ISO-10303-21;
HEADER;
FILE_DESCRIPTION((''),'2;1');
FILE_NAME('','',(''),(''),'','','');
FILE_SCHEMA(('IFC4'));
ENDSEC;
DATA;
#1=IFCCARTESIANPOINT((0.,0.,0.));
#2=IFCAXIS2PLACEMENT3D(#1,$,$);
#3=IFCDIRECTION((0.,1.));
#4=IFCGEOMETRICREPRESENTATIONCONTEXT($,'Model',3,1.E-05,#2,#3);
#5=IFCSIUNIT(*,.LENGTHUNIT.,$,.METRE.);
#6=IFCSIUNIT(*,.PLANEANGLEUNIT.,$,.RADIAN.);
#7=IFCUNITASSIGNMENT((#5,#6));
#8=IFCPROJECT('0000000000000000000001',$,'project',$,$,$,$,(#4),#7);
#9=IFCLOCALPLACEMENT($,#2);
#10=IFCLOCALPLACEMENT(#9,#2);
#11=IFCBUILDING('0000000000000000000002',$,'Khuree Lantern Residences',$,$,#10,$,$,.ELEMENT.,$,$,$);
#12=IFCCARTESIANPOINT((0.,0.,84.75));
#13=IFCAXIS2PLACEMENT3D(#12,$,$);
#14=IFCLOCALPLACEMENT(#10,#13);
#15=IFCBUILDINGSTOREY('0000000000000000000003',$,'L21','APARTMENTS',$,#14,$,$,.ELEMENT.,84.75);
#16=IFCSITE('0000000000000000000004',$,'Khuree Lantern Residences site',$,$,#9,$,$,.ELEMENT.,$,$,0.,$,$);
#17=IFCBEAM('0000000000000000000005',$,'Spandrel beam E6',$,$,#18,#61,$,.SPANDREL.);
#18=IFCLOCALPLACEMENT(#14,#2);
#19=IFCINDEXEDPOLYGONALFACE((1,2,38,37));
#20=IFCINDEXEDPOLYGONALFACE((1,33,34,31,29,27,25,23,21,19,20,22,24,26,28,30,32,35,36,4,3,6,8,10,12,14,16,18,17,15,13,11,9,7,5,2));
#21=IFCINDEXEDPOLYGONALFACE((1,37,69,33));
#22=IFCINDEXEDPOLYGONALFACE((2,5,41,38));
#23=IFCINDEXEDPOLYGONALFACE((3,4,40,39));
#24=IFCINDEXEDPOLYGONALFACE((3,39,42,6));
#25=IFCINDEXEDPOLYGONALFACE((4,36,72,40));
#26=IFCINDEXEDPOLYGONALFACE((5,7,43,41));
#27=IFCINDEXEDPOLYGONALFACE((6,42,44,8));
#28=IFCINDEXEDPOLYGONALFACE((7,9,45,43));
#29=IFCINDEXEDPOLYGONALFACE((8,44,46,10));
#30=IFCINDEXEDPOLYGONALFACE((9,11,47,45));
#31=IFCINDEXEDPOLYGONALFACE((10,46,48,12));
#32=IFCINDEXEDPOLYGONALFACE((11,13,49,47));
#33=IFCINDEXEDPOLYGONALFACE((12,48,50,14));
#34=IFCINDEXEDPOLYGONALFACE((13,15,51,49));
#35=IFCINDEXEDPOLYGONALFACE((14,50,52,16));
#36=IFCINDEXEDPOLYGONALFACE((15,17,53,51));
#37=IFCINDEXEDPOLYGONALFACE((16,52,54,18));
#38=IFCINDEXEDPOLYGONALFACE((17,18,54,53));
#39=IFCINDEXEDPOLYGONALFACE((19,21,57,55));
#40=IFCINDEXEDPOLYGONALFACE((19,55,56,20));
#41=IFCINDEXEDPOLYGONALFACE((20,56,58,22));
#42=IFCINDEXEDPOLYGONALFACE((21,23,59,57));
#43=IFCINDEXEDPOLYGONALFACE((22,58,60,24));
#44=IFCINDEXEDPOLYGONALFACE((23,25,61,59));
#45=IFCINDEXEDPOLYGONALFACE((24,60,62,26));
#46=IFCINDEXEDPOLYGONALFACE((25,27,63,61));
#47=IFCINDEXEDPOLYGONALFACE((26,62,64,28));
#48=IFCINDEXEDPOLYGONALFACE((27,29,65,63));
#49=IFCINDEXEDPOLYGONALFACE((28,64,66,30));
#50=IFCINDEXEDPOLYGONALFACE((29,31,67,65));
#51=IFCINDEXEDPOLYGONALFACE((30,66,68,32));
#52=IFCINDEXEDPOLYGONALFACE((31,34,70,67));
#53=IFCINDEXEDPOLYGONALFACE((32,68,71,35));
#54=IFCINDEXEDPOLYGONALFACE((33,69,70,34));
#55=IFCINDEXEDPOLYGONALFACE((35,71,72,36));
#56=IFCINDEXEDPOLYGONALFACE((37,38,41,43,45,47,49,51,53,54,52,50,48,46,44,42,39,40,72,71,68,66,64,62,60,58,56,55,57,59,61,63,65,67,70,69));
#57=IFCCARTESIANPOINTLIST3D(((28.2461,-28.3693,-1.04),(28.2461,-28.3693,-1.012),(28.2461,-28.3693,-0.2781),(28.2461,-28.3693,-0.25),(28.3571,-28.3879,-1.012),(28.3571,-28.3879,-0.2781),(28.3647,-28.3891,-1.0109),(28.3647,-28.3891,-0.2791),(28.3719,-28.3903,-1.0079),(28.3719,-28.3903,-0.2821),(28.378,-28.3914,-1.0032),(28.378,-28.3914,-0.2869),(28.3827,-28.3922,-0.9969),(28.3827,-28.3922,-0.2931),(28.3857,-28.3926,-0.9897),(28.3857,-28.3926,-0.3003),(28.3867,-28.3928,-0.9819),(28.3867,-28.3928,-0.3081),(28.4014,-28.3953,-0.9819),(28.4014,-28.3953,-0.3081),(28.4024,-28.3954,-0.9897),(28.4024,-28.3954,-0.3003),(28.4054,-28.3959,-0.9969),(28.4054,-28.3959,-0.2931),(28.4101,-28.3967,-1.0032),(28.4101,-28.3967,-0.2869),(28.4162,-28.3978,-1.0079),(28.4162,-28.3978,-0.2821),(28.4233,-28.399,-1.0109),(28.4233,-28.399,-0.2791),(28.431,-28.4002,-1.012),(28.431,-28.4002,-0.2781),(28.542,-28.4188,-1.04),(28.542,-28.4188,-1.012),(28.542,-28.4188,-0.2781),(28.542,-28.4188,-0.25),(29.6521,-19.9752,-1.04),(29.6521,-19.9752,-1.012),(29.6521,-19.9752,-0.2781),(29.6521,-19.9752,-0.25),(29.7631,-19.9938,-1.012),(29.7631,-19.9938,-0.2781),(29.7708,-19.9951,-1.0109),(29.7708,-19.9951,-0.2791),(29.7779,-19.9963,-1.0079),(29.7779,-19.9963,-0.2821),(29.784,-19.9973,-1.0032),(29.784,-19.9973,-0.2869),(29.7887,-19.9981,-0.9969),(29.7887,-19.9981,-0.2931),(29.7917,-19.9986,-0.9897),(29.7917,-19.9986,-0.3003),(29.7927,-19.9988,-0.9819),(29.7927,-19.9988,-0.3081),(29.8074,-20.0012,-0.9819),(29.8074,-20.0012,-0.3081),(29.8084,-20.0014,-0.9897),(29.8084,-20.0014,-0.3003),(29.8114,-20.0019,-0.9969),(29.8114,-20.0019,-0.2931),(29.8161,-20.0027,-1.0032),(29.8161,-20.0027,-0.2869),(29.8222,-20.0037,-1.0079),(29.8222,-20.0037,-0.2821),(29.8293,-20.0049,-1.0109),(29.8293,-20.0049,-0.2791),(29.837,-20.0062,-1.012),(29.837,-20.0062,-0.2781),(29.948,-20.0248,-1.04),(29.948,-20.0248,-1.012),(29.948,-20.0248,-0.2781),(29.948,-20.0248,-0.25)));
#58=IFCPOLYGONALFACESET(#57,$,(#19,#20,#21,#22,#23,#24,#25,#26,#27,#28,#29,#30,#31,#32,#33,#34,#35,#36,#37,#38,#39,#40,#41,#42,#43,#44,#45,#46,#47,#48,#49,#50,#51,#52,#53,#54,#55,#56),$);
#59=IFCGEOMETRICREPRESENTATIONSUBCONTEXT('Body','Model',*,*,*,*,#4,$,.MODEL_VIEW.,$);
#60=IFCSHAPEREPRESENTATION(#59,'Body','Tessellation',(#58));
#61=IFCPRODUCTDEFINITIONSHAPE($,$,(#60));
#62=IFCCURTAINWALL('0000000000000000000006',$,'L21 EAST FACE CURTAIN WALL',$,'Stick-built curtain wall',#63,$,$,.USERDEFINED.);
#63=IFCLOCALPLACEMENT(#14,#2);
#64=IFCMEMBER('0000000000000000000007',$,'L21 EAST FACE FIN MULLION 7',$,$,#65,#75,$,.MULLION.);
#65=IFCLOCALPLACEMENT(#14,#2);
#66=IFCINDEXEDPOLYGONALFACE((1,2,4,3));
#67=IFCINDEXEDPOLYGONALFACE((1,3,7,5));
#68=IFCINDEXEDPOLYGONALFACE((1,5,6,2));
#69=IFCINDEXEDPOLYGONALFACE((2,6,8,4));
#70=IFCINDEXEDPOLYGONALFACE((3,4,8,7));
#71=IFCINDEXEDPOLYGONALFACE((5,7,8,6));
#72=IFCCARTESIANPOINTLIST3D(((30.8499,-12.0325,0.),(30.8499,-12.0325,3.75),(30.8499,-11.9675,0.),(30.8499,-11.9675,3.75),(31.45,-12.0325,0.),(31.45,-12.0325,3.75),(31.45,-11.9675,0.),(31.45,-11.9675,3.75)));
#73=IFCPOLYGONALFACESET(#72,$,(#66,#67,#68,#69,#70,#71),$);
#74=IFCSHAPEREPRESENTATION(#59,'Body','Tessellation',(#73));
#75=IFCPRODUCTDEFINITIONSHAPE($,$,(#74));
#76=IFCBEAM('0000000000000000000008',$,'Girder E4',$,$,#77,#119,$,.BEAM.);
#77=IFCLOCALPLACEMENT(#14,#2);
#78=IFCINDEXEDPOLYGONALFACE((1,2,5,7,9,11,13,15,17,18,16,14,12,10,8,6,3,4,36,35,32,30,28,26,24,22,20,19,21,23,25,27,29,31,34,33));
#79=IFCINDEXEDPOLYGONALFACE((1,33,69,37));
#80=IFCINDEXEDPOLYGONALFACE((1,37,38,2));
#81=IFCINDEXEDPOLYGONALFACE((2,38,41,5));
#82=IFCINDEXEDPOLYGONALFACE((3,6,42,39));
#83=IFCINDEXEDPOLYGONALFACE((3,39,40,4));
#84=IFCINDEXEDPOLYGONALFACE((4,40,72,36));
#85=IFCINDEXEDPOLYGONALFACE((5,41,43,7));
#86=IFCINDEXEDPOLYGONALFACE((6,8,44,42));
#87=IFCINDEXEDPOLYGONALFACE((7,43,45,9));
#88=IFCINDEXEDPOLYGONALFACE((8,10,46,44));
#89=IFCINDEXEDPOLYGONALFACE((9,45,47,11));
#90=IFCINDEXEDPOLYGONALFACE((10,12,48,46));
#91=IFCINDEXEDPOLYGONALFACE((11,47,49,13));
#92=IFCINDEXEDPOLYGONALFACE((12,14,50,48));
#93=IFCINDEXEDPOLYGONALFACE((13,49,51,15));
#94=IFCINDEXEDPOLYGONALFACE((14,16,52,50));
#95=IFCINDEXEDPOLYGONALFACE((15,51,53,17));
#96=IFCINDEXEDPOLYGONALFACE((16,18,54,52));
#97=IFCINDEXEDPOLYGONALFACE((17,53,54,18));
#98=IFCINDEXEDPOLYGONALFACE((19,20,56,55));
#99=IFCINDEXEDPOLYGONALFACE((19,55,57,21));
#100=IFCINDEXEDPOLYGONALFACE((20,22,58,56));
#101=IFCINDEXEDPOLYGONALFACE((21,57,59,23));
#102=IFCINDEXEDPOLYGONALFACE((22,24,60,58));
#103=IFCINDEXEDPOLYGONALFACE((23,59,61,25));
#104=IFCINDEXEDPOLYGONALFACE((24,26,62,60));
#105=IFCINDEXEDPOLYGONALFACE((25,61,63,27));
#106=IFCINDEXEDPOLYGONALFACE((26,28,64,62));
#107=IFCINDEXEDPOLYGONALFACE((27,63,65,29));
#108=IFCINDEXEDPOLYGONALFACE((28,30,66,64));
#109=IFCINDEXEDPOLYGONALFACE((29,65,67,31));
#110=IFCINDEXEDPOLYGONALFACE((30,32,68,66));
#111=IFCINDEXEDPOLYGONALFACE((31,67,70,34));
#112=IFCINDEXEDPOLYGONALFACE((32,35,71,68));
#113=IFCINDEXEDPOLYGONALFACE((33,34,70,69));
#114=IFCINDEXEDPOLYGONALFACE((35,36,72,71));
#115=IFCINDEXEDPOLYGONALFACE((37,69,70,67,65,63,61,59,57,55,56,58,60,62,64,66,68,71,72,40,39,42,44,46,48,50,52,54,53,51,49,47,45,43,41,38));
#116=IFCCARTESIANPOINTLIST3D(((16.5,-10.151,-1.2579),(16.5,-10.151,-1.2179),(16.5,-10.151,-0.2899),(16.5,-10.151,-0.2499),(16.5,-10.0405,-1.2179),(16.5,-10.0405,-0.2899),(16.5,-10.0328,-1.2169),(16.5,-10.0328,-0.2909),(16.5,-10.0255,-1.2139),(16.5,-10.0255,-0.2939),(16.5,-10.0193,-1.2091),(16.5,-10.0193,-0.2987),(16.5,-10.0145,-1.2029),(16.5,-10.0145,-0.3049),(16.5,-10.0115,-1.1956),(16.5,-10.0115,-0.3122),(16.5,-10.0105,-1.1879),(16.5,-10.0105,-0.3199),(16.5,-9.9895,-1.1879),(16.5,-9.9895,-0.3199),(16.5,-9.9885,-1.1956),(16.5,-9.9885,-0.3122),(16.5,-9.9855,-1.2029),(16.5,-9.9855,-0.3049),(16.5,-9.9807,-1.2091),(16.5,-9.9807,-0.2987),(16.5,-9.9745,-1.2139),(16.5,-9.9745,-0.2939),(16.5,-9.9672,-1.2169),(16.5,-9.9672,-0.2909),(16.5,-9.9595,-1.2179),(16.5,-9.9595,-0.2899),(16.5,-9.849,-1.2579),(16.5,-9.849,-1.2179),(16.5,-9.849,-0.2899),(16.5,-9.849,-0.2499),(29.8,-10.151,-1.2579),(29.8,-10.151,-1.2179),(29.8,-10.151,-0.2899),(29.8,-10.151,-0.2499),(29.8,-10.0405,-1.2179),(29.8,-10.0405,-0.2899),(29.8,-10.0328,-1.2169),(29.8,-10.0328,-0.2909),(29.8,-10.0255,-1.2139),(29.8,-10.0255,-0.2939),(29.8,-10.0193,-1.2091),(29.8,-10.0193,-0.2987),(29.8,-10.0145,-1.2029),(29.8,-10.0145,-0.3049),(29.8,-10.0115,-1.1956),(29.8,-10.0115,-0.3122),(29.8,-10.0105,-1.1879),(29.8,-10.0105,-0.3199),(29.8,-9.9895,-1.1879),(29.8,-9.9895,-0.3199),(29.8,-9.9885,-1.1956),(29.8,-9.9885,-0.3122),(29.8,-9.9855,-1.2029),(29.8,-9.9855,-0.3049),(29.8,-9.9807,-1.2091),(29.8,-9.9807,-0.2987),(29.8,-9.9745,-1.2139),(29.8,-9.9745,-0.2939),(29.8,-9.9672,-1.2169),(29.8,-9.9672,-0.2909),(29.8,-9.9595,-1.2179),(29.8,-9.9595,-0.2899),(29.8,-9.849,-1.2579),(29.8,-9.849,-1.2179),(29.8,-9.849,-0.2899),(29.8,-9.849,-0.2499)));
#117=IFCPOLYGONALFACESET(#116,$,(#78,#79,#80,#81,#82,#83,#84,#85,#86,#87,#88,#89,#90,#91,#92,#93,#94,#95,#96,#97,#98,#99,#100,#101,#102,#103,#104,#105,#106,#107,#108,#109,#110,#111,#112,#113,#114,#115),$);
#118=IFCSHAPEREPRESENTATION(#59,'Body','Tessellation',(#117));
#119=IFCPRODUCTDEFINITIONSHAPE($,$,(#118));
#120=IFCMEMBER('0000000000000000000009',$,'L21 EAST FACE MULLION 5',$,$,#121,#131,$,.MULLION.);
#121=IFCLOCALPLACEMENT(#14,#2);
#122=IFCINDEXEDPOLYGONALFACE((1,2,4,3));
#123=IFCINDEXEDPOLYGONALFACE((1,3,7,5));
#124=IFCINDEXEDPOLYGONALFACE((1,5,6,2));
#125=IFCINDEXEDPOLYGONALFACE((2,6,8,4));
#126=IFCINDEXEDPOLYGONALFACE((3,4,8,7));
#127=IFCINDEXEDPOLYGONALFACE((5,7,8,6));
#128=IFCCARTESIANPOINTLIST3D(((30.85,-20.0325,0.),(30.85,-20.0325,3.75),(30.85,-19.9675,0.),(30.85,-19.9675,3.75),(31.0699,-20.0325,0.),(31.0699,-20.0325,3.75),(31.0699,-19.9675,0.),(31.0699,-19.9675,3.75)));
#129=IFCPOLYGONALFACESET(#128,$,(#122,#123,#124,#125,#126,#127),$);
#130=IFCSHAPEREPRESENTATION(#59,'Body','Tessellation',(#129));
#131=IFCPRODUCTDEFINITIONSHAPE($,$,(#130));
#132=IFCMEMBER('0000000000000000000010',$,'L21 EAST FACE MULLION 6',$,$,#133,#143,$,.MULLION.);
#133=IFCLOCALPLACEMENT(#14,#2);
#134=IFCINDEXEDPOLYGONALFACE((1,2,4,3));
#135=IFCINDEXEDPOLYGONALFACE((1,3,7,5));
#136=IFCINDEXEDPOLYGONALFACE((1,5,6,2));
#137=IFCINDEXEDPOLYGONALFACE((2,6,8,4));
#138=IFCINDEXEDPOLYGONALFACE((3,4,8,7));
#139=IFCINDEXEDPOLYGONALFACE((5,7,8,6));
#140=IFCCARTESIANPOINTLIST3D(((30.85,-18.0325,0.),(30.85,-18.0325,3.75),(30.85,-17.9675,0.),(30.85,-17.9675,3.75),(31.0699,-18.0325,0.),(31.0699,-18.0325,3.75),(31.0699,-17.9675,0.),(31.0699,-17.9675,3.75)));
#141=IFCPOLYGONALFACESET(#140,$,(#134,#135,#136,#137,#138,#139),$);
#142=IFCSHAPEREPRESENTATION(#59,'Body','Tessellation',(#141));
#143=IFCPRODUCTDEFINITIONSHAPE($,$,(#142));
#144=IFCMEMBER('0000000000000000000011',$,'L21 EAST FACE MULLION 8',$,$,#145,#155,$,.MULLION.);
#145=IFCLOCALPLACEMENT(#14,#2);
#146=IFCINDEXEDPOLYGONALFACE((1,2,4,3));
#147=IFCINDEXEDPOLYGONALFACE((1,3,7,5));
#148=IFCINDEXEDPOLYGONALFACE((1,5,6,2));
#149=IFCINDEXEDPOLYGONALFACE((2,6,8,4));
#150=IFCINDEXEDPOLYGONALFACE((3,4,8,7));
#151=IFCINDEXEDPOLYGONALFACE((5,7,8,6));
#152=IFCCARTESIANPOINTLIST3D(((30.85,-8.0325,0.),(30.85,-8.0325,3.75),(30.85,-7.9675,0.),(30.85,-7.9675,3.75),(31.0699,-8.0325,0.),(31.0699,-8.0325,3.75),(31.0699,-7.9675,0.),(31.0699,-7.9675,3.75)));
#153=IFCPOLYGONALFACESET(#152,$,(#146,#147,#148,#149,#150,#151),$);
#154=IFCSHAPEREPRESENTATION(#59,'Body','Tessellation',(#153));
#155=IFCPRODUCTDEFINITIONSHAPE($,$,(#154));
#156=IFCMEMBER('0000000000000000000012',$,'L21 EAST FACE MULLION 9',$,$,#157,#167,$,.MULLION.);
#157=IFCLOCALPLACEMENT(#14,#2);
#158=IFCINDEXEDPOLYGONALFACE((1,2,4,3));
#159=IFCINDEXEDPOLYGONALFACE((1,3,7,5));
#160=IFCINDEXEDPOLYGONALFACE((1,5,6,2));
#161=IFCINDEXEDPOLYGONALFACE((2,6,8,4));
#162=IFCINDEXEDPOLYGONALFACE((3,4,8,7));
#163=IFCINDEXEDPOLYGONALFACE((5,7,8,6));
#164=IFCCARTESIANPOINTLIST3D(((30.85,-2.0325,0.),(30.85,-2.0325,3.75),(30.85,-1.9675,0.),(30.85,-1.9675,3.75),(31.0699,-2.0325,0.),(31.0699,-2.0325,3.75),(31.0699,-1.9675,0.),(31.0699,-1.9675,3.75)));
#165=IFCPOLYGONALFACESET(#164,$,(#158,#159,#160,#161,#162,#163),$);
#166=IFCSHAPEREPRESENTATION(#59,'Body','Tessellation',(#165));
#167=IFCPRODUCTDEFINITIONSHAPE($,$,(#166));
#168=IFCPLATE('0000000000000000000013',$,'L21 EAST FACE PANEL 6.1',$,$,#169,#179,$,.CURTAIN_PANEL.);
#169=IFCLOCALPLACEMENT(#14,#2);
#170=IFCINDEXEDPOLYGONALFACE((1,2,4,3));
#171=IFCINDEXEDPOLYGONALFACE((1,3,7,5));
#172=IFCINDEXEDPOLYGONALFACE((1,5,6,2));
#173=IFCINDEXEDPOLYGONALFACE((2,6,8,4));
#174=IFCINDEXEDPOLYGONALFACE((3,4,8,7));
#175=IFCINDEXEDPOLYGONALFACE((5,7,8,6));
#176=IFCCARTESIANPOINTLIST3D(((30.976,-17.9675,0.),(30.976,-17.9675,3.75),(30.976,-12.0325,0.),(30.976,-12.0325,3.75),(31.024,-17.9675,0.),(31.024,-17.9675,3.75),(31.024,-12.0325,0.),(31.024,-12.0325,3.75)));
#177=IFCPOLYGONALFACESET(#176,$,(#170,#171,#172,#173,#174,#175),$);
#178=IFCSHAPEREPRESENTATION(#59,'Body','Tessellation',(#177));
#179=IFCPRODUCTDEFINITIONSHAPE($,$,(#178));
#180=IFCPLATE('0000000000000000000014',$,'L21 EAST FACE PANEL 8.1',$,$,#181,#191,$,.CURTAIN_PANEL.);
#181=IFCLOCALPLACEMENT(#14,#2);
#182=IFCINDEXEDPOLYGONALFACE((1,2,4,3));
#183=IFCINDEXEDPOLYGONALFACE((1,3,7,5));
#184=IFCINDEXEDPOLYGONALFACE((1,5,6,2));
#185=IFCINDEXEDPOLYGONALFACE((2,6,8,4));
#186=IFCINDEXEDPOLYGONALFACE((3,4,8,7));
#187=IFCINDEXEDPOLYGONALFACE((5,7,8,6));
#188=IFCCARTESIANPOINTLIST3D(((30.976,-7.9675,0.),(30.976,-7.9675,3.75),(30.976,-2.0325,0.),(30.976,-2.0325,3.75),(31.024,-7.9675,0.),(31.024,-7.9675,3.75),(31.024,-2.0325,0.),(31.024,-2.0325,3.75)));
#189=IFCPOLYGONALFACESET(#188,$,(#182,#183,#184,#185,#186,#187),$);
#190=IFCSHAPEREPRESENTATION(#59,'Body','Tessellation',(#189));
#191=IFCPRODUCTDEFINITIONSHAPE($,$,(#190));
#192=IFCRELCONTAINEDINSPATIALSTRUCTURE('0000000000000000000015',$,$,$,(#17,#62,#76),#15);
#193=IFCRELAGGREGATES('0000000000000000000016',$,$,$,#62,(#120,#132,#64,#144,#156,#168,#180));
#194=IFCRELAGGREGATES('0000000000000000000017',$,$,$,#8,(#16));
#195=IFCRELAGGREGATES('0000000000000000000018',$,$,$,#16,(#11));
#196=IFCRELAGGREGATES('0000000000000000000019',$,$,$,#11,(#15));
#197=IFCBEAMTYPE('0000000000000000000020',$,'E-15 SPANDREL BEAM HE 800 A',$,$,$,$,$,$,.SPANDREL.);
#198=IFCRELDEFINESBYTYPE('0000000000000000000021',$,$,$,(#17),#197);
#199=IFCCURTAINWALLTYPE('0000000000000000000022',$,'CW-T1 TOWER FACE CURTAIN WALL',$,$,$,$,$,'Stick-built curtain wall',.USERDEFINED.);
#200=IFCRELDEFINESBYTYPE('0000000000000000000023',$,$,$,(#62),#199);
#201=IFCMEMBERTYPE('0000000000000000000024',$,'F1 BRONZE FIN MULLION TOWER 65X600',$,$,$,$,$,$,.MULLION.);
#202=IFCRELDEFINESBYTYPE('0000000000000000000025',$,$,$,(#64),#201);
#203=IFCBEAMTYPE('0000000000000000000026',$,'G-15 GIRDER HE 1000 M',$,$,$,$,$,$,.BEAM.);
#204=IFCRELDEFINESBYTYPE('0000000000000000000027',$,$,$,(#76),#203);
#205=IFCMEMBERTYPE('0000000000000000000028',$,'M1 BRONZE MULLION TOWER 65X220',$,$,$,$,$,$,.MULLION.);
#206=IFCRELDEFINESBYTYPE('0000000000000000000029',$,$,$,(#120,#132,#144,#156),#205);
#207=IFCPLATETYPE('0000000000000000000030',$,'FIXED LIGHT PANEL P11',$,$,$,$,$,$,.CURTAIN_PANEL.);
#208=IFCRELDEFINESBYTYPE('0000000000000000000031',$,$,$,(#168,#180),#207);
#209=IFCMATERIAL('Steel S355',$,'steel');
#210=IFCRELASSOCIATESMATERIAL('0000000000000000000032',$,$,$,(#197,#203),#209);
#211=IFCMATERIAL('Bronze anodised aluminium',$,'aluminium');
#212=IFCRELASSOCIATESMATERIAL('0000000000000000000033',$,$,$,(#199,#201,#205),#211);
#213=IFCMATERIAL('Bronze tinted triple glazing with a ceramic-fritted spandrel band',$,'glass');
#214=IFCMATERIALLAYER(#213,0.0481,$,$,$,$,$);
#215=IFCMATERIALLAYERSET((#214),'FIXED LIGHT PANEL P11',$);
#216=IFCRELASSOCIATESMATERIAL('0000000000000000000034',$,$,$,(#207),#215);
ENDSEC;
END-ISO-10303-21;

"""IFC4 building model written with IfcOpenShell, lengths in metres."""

from ifc_helpers import new_model, si_unit, direction, frame, origin, origin_2d, place, context, subcontext, project, spatial, rectangle, i_section, extrude, material, layer, layer_set, material_profile, profile_set, type_object, element, aggregate, save


model = new_model("IFC4")

# Units and contexts
model_context = context("Model", 3, precision=1e-05, world=origin(), true_north=direction((0.0, 1.0)))
body_context = subcontext(model_context, "Body", "Model", "MODEL_VIEW")
ifc_project = project(units=[si_unit("LENGTHUNIT", "METRE"), si_unit("PLANEANGLEUNIT", "RADIAN")], contexts=[model_context])

# Site, building, storey
site_placement = place(None, origin())
site = spatial("IfcSite", under=ifc_project, at=site_placement, Name="Khuree Lantern Residences site", CompositionType="ELEMENT", RefElevation=0.0)
building_placement = place(site_placement, origin())
building = spatial("IfcBuilding", under=site, at=building_placement, Name="Khuree Lantern Residences", CompositionType="ELEMENT")
storey_placement = place(building_placement, frame((0.0, 0.0, 84.75)))
storey = spatial("IfcBuildingStorey", under=building, at=storey_placement, Name="L21", Description="APARTMENTS", CompositionType="ELEMENT", Elevation=84.75)

# Beam
ifc_material_1 = material(Name="Steel S355", Category="steel")
ifc_material_profile_1 = material_profile(ifc_material_1, i_section(OverallWidth=0.3, OverallDepth=0.79, WebThickness=0.0149, FlangeThickness=0.0281, FilletRadius=0.03, at=origin_2d()), Name="HE 800 A")
ifc_profile_set_1 = profile_set([ifc_material_profile_1], Name="Steel S355")
beam_type_1 = type_object("IfcBeamType", Name="E-15 SPANDREL BEAM HE 800 A", PredefinedType="SPANDREL", material=ifc_profile_set_1)
beam_1_placement = place(storey_placement, frame((29.8, -20.0, -0.645), z_axis=(-0.165199, -0.98626, 0.0), x_axis=(0.98626, -0.165199, 0.0)))
element("IfcBeam", 1, at=beam_1_placement, inside=storey, type_object=beam_type_1, Name="Spandrel beam E6", PredefinedType="SPANDREL", context=body_context, shape_type="SweptSolid", body=[
    extrude(i_section(OverallWidth=0.3, OverallDepth=0.79, WebThickness=0.0149, FlangeThickness=0.0281, FilletRadius=0.03, at=origin_2d()), origin(), (0.0, 0.0, 1.0), 8.511),
])

# Curtain wall, member
ifc_material_2 = material(Name="Bronze anodised aluminium", Category="aluminium")
curtain_wall_type = type_object("IfcCurtainWallType", Name="CW-T1 TOWER FACE CURTAIN WALL", ElementType="Stick-built curtain wall", PredefinedType="USERDEFINED", material=ifc_material_2)
curtain_wall_placement = place(storey_placement, origin())
curtain_wall = element("IfcCurtainWall", 2, at=curtain_wall_placement, inside=storey, type_object=curtain_wall_type, Name="L21 EAST FACE CURTAIN WALL", ObjectType="Stick-built curtain wall", PredefinedType="USERDEFINED")
ifc_material_profile_2 = material_profile(ifc_material_2, rectangle(XDim=0.0649, YDim=0.6001, at=origin_2d()), Name="F1 65X600")
ifc_profile_set_2 = profile_set([ifc_material_profile_2], Name="Bronze anodised aluminium")
member_type_1 = type_object("IfcMemberType", Name="F1 BRONZE FIN MULLION TOWER 65X600", PredefinedType="MULLION", material=ifc_profile_set_2)
member_1_placement = place(storey_placement, frame((31.1499, -12.0, 0.0), z_axis=(0.0, 0.0, 1.0), x_axis=(0.0, 1.0, 0.0)))
member_1 = element("IfcMember", 3, at=member_1_placement, type_object=member_type_1, Name="L21 EAST FACE FIN MULLION 7", PredefinedType="MULLION", context=body_context, shape_type="SweptSolid", body=[
    extrude(rectangle(XDim=0.0649, YDim=0.6001, at=origin_2d()), origin(), (0.0, 0.0, 1.0), 3.75),
])

# Beam
ifc_material_profile_3 = material_profile(ifc_material_1, i_section(OverallWidth=0.302, OverallDepth=1.0081, WebThickness=0.021, FlangeThickness=0.04, FilletRadius=0.03, at=origin_2d()), Name="HE 1000 M")
ifc_profile_set_3 = profile_set([ifc_material_profile_3], Name="Steel S355")
beam_type_2 = type_object("IfcBeamType", Name="G-15 GIRDER HE 1000 M", PredefinedType="BEAM", material=ifc_profile_set_3)
beam_2_placement = place(storey_placement, frame((29.8, -10.0, -0.7539), z_axis=(-1.0, 0.0, 0.0), x_axis=(0.0, -1.0, 0.0)))
element("IfcBeam", 4, at=beam_2_placement, inside=storey, type_object=beam_type_2, Name="Girder E4", PredefinedType="BEAM", context=body_context, shape_type="SweptSolid", body=[
    extrude(i_section(OverallWidth=0.302, OverallDepth=1.0081, WebThickness=0.021, FlangeThickness=0.04, FilletRadius=0.03, at=origin_2d()), origin(), (0.0, 0.0, 1.0), 13.3),
])

# Members
ifc_material_profile_4 = material_profile(ifc_material_2, rectangle(XDim=0.0649, YDim=0.22, at=origin_2d()), Name="M1 65X220")
ifc_profile_set_4 = profile_set([ifc_material_profile_4], Name="Bronze anodised aluminium")
member_type_2 = type_object("IfcMemberType", Name="M1 BRONZE MULLION TOWER 65X220", PredefinedType="MULLION", material=ifc_profile_set_4)
member_2_placement = place(storey_placement, frame((30.96, -20.0, 0.0), z_axis=(0.0, 0.0, 1.0), x_axis=(0.0, 1.0, 0.0)))
member_2 = element("IfcMember", 5, at=member_2_placement, type_object=member_type_2, Name="L21 EAST FACE MULLION 5", PredefinedType="MULLION", context=body_context, shape_type="SweptSolid", body=[
    extrude(rectangle(XDim=0.0649, YDim=0.22, at=origin_2d()), origin(), (0.0, 0.0, 1.0), 3.75),
])
member_3_placement = place(storey_placement, frame((30.96, -18.0, 0.0), z_axis=(0.0, 0.0, 1.0), x_axis=(0.0, 1.0, 0.0)))
member_3 = element("IfcMember", 6, at=member_3_placement, type_object=member_type_2, Name="L21 EAST FACE MULLION 6", PredefinedType="MULLION", context=body_context, shape_type="SweptSolid", body=[
    extrude(rectangle(XDim=0.0649, YDim=0.22, at=origin_2d()), origin(), (0.0, 0.0, 1.0), 3.75),
])
member_4_placement = place(storey_placement, frame((30.96, -8.0, 0.0), z_axis=(0.0, 0.0, 1.0), x_axis=(0.0, 1.0, 0.0)))
member_4 = element("IfcMember", 7, at=member_4_placement, type_object=member_type_2, Name="L21 EAST FACE MULLION 8", PredefinedType="MULLION", context=body_context, shape_type="SweptSolid", body=[
    extrude(rectangle(XDim=0.0649, YDim=0.22, at=origin_2d()), origin(), (0.0, 0.0, 1.0), 3.75),
])
member_5_placement = place(storey_placement, frame((30.96, -2.0, 0.0), z_axis=(0.0, 0.0, 1.0), x_axis=(0.0, 1.0, 0.0)))
member_5 = element("IfcMember", 8, at=member_5_placement, type_object=member_type_2, Name="L21 EAST FACE MULLION 9", PredefinedType="MULLION", context=body_context, shape_type="SweptSolid", body=[
    extrude(rectangle(XDim=0.0649, YDim=0.22, at=origin_2d()), origin(), (0.0, 0.0, 1.0), 3.75),
])

# Plates
ifc_material_3 = material(Name="Bronze tinted triple glazing with a ceramic-fritted spandrel band", Category="glass")
ifc_layer_1 = layer(ifc_material_3, 0.0481)
ifc_layer_set_1 = layer_set([ifc_layer_1], Name="FIXED LIGHT PANEL P11")
plate_type_1 = type_object("IfcPlateType", Name="FIXED LIGHT PANEL P11", PredefinedType="CURTAIN_PANEL", material=ifc_layer_set_1)
plate_1_placement = place(storey_placement, frame((31.0, -15.0, 0.0), z_axis=(0.0, 0.0, 1.0), x_axis=(0.0, 1.0, 0.0)))
plate_1 = element("IfcPlate", 9, at=plate_1_placement, type_object=plate_type_1, Name="L21 EAST FACE PANEL 6.1", PredefinedType="CURTAIN_PANEL", context=body_context, shape_type="SweptSolid", body=[
    extrude(rectangle(XDim=5.9351, YDim=0.0481, at=origin_2d()), origin(), (0.0, 0.0, 1.0), 3.75),
])
plate_2_placement = place(storey_placement, frame((31.0, -5.0, 0.0), z_axis=(0.0, 0.0, 1.0), x_axis=(0.0, 1.0, 0.0)))
plate_2 = element("IfcPlate", 10, at=plate_2_placement, type_object=plate_type_1, Name="L21 EAST FACE PANEL 8.1", PredefinedType="CURTAIN_PANEL", context=body_context, shape_type="SweptSolid", body=[
    extrude(rectangle(XDim=5.9351, YDim=0.0481, at=origin_2d()), origin(), (0.0, 0.0, 1.0), 3.75),
])
aggregate(curtain_wall, [member_2, member_3, member_1, member_4, member_5, plate_1, plate_2])

save(model, "model.ifc")
